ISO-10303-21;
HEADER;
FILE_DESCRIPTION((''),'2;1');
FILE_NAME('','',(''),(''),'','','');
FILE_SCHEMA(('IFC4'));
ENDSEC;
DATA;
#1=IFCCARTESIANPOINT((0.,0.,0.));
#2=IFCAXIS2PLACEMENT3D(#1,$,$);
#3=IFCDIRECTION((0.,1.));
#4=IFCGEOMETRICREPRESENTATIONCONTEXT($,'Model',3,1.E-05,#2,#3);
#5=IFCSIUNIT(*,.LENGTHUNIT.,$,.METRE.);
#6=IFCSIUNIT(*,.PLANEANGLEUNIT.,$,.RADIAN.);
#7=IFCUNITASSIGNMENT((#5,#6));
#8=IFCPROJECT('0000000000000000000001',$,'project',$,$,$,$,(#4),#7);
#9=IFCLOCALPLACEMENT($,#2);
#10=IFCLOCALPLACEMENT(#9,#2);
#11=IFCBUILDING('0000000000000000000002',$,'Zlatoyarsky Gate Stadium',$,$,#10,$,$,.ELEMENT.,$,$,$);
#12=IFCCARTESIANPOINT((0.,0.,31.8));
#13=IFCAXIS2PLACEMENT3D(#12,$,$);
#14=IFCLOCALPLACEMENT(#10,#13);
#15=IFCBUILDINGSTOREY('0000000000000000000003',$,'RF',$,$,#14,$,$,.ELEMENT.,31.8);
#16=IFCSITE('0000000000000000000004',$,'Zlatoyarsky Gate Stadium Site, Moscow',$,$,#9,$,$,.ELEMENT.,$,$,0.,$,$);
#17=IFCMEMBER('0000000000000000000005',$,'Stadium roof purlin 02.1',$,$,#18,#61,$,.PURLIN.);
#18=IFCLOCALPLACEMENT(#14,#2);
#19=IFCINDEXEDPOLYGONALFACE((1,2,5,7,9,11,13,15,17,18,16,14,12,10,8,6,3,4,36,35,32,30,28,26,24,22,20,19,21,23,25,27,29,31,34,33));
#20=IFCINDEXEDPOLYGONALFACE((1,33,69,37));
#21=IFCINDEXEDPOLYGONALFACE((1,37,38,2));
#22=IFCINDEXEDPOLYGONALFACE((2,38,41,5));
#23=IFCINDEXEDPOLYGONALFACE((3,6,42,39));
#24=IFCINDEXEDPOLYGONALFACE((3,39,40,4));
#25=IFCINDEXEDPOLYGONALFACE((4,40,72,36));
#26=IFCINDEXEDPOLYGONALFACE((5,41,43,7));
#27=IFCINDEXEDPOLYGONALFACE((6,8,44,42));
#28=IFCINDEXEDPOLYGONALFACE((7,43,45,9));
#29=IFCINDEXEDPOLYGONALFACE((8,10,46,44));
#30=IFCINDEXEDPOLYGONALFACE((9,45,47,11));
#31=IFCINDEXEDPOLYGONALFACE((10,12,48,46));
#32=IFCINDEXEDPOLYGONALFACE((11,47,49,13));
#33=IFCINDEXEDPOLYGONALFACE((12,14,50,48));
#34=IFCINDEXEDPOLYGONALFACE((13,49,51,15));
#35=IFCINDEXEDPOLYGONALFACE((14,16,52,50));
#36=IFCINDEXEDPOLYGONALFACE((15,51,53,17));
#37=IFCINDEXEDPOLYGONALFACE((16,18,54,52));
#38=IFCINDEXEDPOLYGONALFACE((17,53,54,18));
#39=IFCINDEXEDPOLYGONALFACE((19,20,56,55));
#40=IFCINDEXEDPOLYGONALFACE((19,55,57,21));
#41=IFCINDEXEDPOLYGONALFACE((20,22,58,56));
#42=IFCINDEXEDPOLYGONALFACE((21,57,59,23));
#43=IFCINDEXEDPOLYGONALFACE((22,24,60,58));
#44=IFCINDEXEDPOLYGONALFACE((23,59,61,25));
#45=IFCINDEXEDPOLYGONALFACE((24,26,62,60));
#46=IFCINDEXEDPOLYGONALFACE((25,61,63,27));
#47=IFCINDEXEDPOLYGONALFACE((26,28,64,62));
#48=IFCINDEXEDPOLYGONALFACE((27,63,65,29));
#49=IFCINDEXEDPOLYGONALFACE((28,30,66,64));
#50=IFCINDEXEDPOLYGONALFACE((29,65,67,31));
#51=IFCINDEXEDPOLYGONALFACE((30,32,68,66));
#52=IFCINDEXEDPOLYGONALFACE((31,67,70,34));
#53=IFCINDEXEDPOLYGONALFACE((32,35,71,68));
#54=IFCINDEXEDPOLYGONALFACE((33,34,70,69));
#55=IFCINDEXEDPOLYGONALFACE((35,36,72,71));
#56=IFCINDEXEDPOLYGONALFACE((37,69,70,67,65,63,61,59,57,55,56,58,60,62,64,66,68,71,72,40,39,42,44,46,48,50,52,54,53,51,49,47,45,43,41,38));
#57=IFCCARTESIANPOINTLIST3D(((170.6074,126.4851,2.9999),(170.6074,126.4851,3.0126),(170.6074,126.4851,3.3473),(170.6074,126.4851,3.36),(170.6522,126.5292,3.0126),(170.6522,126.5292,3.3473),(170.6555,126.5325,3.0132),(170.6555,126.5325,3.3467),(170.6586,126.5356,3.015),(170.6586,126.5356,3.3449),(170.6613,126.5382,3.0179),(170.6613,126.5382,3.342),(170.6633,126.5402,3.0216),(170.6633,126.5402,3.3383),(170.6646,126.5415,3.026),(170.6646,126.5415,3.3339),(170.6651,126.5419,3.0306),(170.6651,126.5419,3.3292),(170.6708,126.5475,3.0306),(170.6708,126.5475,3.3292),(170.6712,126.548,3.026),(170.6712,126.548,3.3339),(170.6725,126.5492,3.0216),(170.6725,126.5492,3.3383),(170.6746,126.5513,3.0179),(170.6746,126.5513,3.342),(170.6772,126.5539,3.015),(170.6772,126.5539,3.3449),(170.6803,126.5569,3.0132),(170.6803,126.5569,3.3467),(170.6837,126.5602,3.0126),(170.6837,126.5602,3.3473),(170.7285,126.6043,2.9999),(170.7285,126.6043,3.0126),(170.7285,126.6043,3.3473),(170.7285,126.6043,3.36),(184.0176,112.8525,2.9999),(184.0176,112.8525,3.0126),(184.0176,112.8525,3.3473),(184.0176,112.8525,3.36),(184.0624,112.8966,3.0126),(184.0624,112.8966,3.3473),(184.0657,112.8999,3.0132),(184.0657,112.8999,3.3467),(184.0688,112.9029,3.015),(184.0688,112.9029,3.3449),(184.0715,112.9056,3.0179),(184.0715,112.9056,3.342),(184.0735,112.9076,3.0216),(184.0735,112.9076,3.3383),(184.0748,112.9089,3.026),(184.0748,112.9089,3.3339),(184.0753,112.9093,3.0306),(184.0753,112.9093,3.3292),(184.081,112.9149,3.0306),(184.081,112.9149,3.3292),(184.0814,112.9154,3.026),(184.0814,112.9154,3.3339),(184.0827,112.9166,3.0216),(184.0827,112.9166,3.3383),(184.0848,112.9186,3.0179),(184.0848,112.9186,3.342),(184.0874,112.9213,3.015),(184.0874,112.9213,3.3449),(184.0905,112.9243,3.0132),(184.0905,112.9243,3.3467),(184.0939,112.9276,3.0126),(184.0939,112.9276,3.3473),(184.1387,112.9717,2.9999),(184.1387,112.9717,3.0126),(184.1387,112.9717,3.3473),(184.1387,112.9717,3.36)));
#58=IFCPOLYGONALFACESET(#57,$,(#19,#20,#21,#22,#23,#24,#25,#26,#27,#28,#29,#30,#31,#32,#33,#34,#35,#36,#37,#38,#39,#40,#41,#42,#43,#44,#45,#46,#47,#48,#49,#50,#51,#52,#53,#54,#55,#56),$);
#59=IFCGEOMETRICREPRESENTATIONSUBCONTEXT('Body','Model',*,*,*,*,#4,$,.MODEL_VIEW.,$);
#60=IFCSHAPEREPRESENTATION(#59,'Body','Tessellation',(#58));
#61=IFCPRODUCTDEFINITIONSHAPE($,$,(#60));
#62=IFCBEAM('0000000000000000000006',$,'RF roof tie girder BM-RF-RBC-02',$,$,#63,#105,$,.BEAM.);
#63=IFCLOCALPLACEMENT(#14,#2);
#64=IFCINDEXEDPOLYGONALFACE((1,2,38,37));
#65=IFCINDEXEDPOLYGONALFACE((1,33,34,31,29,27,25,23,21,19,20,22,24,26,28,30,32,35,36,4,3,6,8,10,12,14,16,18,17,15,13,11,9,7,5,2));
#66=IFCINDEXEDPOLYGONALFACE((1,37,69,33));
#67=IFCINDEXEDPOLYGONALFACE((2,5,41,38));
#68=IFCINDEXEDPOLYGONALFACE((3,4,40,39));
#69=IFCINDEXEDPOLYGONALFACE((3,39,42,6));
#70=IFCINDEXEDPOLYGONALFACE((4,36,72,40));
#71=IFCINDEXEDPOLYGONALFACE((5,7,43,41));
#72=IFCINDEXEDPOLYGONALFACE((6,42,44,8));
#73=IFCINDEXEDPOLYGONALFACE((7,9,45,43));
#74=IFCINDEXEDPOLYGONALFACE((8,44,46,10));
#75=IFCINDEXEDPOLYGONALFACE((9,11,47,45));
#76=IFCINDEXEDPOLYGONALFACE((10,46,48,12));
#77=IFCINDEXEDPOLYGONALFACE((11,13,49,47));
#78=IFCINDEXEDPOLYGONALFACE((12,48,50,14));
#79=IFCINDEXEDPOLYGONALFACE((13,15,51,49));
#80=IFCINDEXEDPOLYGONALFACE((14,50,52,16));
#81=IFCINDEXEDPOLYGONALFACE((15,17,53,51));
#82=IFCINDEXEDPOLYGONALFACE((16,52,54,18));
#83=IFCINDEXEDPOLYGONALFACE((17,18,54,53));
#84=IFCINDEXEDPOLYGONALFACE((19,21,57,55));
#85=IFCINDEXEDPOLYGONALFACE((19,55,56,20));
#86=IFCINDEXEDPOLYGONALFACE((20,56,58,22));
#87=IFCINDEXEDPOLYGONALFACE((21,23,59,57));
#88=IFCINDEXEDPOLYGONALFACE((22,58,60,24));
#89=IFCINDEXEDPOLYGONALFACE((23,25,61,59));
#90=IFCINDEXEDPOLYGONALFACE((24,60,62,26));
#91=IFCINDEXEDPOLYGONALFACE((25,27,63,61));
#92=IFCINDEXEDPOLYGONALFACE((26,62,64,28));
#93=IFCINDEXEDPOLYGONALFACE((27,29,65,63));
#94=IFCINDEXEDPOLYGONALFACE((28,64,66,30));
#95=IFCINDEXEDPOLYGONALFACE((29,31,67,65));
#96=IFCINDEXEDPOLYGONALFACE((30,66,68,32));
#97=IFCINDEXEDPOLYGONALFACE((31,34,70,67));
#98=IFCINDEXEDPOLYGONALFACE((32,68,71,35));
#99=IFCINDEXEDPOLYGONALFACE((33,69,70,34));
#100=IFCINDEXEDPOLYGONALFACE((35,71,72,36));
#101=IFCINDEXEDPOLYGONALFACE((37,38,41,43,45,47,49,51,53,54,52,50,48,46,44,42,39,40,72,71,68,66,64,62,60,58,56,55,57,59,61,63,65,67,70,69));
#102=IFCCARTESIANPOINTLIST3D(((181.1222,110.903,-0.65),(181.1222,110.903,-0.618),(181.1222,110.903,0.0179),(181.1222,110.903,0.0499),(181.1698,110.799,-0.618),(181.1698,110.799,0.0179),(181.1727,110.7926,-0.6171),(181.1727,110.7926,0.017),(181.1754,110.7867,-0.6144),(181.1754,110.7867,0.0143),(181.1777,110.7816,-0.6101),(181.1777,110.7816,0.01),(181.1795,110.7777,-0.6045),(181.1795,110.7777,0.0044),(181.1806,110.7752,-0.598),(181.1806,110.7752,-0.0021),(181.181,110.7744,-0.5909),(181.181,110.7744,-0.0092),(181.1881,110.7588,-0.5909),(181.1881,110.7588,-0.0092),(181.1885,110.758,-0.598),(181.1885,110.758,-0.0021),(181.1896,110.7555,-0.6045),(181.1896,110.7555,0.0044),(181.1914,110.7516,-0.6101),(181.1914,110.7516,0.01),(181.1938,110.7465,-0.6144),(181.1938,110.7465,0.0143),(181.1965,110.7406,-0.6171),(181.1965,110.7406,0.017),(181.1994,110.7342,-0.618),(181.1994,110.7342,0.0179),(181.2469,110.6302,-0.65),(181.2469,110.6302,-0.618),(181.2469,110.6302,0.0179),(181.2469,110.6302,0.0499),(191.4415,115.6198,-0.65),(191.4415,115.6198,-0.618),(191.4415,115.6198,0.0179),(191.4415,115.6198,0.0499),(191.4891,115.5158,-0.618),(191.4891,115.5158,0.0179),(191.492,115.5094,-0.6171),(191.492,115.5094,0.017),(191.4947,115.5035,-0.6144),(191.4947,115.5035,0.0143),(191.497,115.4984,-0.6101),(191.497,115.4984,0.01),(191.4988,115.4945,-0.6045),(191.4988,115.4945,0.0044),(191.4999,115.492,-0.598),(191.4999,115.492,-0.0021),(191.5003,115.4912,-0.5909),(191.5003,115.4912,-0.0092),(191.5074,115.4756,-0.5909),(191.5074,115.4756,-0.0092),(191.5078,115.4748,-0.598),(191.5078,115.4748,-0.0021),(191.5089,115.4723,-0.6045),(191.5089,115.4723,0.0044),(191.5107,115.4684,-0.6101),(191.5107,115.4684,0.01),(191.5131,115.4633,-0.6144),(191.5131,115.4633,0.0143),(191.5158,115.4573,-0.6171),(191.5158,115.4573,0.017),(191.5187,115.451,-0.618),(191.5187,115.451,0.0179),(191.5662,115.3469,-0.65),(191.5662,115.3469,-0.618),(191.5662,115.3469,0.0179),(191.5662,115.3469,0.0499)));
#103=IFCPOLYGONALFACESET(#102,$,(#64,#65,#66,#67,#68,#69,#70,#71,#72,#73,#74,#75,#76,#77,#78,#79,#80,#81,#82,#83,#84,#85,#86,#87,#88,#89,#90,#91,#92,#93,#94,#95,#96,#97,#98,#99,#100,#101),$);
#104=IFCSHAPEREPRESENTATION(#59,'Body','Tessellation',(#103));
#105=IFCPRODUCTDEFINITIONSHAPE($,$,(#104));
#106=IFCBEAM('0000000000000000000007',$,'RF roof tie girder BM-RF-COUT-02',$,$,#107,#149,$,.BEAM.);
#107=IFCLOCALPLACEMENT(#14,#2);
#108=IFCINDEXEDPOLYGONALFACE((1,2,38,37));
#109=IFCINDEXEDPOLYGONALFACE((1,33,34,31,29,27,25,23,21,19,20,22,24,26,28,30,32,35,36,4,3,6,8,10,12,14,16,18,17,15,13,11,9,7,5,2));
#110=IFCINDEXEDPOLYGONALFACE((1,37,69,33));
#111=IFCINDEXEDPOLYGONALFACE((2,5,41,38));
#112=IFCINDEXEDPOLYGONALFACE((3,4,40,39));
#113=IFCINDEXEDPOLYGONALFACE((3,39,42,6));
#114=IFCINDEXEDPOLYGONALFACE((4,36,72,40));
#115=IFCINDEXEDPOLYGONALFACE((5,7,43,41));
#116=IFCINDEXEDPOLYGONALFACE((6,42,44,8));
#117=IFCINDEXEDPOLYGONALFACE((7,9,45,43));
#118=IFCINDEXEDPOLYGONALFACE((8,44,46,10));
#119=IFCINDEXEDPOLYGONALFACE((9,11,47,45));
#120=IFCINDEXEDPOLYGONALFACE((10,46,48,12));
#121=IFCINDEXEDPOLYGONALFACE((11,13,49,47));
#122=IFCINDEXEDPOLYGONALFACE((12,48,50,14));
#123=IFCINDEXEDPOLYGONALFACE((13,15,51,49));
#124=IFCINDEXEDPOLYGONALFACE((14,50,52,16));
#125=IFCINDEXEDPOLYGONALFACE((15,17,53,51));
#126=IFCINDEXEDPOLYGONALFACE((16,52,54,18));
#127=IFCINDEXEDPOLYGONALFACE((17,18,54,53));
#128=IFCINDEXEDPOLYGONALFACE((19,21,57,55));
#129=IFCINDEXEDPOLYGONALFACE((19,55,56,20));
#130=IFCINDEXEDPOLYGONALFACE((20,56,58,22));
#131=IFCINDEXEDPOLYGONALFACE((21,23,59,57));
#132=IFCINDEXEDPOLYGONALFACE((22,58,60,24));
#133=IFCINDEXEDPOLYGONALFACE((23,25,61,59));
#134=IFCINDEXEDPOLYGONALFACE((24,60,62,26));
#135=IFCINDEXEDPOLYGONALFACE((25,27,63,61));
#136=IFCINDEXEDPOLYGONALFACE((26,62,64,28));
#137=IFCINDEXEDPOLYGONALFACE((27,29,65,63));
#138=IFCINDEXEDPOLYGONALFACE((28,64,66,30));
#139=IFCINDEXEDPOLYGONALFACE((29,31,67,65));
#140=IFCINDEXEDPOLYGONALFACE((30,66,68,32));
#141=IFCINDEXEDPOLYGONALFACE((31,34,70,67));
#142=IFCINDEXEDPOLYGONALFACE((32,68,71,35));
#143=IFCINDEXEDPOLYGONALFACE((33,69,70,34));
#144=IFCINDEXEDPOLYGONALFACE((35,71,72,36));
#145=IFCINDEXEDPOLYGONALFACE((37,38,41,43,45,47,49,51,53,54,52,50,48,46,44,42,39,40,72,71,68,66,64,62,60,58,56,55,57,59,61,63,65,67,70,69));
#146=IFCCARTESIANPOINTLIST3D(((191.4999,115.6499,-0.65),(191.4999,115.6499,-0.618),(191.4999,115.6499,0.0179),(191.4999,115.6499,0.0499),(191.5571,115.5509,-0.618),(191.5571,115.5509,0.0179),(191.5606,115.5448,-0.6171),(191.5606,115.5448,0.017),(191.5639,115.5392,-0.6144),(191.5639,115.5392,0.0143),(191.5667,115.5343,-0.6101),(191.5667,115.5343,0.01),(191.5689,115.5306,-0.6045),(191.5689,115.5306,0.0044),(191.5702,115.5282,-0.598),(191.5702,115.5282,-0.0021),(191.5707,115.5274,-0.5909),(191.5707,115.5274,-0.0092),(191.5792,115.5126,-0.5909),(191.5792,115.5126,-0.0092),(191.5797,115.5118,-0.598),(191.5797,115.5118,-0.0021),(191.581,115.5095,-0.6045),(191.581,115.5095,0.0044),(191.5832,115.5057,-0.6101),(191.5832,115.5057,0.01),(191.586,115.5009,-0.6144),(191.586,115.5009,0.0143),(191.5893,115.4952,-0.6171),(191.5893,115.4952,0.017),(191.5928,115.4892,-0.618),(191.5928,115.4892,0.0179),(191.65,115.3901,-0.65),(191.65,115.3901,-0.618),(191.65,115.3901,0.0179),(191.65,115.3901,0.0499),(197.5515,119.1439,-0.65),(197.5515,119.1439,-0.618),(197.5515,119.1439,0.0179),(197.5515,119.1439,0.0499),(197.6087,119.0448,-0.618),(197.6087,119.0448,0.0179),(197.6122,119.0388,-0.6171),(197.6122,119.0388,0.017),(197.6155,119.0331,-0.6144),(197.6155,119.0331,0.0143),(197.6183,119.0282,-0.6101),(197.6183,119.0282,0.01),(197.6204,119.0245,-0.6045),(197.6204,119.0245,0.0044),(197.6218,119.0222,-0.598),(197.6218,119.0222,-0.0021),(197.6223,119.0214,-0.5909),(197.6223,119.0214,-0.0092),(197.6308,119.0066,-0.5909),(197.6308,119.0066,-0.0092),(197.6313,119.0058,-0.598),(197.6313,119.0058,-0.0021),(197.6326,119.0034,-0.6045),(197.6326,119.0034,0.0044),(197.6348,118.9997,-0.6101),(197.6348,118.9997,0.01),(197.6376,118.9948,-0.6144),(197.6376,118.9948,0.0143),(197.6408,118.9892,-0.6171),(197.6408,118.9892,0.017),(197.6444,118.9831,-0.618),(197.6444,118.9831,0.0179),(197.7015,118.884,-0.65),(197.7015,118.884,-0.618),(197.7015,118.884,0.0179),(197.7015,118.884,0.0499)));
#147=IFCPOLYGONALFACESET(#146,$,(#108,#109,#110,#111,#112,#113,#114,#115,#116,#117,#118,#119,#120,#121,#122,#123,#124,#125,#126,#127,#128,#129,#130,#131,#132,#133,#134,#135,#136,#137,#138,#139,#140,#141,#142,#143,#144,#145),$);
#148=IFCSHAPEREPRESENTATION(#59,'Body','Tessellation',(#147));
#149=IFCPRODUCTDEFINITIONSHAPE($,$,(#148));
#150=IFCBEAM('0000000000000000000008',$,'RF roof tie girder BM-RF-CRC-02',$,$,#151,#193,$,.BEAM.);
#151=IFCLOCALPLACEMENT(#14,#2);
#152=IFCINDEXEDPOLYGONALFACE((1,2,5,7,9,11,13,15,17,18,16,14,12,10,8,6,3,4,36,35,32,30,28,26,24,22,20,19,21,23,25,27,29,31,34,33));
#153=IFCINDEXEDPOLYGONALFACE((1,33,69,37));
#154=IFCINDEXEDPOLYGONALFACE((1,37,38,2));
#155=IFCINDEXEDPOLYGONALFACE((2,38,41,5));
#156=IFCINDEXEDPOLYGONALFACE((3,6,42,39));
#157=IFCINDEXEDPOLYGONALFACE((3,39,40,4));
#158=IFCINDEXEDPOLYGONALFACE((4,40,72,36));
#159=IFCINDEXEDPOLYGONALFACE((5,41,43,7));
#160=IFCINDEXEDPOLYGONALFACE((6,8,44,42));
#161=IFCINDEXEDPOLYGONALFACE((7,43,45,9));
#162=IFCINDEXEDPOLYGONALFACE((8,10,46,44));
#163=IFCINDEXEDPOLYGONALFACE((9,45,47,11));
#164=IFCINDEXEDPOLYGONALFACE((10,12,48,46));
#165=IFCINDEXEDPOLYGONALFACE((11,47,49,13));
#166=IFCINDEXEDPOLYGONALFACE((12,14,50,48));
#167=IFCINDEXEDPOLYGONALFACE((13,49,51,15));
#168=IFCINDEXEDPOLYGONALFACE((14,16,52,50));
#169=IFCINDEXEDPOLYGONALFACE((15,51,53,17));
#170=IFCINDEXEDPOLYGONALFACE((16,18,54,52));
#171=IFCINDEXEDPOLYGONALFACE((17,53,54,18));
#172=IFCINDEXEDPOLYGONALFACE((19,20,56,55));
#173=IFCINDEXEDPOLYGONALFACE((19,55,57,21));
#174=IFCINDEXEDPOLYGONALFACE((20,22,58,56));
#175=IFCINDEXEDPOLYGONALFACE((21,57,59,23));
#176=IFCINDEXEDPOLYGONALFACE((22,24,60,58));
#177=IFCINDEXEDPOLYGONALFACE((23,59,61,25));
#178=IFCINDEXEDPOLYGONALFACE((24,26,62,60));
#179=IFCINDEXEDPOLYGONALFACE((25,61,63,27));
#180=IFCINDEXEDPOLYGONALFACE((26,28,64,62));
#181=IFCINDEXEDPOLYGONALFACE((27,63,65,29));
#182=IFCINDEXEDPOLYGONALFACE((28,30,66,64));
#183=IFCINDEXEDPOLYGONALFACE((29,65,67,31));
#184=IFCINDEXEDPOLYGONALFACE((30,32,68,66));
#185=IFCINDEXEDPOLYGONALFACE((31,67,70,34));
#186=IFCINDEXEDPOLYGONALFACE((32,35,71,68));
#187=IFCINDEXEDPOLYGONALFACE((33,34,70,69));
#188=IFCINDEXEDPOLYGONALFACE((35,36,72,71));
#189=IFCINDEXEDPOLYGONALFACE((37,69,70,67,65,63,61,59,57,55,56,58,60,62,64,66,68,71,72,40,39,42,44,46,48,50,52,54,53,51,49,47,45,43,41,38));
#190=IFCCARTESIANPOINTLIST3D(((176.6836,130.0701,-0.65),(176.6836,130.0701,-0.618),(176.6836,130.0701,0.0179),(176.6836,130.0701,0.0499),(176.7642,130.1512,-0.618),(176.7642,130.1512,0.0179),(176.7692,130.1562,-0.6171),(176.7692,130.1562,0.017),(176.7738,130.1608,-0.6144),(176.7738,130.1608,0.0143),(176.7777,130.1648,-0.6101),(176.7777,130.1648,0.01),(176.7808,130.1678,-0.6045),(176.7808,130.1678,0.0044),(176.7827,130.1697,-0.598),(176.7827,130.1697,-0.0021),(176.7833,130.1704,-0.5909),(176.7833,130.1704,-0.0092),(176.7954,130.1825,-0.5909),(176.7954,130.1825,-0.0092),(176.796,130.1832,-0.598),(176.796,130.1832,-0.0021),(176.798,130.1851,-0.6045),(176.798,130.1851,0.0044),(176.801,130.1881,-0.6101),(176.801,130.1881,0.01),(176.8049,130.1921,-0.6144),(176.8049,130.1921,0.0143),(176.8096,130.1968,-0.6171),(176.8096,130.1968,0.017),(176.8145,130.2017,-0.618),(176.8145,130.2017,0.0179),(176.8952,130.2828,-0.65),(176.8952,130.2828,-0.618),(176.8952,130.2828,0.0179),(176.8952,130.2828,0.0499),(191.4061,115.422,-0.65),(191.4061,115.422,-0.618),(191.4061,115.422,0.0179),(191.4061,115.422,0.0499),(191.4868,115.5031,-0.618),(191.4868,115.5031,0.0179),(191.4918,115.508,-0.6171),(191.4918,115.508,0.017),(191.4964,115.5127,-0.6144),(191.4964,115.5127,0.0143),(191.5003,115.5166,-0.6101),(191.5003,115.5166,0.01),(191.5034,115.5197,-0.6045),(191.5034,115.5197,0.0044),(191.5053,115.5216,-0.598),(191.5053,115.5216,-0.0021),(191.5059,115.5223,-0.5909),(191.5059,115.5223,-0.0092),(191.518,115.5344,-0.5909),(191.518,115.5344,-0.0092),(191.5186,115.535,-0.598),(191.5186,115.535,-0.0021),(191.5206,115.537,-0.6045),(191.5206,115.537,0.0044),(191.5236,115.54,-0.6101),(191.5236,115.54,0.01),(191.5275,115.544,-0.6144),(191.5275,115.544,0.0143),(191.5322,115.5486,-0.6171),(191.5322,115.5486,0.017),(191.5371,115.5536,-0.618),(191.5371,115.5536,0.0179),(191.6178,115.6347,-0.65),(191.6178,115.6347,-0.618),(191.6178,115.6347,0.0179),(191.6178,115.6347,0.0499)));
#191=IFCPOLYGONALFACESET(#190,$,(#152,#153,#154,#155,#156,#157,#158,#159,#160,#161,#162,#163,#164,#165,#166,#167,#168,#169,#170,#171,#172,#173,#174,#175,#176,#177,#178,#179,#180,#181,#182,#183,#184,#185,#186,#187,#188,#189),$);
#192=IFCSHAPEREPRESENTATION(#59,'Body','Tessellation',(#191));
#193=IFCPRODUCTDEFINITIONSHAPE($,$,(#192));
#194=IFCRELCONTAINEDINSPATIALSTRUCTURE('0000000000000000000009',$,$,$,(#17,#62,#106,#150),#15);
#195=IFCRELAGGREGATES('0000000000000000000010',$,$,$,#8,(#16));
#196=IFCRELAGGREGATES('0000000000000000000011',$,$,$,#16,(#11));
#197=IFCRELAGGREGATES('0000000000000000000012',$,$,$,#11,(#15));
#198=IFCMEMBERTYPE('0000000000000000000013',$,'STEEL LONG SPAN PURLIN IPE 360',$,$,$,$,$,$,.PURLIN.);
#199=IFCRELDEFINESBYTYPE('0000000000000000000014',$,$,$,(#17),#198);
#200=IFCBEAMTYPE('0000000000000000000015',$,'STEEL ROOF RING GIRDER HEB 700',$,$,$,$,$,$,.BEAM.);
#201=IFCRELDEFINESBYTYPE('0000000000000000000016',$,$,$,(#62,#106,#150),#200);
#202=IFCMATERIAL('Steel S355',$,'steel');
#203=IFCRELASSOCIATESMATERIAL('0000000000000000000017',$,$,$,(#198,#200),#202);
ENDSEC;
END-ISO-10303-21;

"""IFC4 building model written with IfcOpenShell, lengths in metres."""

from ifc_helpers import new_model, si_unit, direction, frame, origin, origin_2d, place, context, subcontext, project, spatial, i_section, extrude, material, material_profile, profile_set, type_object, element, save


model = new_model("IFC4")

# Units and contexts
model_context = context("Model", 3, precision=1e-05, world=origin(), true_north=direction((0.0, 1.0)))
body_context = subcontext(model_context, "Body", "Model", "MODEL_VIEW")
ifc_project = project(units=[si_unit("LENGTHUNIT", "METRE"), si_unit("PLANEANGLEUNIT", "RADIAN")], contexts=[model_context])

# Site, building, storey
site_placement = place(None, origin())
site = spatial("IfcSite", under=ifc_project, at=site_placement, Name="Zlatoyarsky Gate Stadium Site, Moscow", CompositionType="ELEMENT", RefElevation=0.0)
building_placement = place(site_placement, origin())
building = spatial("IfcBuilding", under=site, at=building_placement, Name="Zlatoyarsky Gate Stadium", CompositionType="ELEMENT")
storey_placement = place(building_placement, frame((0.0, 0.0, 31.8)))
storey = spatial("IfcBuildingStorey", under=building, at=storey_placement, Name="RF", CompositionType="ELEMENT", Elevation=31.8)

# Member
ifc_material_1 = material(Name="Steel S355", Category="steel")
ifc_material_profile_1 = material_profile(ifc_material_1, i_section(OverallWidth=0.1699, OverallDepth=0.3601, WebThickness=0.0081, FlangeThickness=0.0127, FilletRadius=0.0181, at=origin_2d()), Name="IPE 360")
ifc_profile_set_1 = profile_set([ifc_material_profile_1], Name="Steel S355")
member_type_1 = type_object("IfcMemberType", Name="STEEL LONG SPAN PURLIN IPE 360", PredefinedType="PURLIN", material=ifc_profile_set_1)
member_1_placement = place(storey_placement, frame((184.0781, 112.9121, 3.1799), z_axis=(-0.701267, 0.712898, 0.0), x_axis=(-0.712898, -0.701267, 0.0)))
element("IfcMember", 1, at=member_1_placement, inside=storey, type_object=member_type_1, Name="Stadium roof purlin 02.1", PredefinedType="PURLIN", context=body_context, shape_type="SweptSolid", body=[
    extrude(i_section(OverallWidth=0.1699, OverallDepth=0.3601, WebThickness=0.0081, FlangeThickness=0.0127, FilletRadius=0.0181, at=origin_2d()), origin(), (0.0, 0.0, 1.0), 19.1228),
])

# Beams
ifc_material_profile_2 = material_profile(ifc_material_1, i_section(OverallWidth=0.3, OverallDepth=0.7, WebThickness=0.0171, FlangeThickness=0.032, FilletRadius=0.0271, at=origin_2d()), Name="HEB 700")
ifc_profile_set_2 = profile_set([ifc_material_profile_2], Name="Steel S355")
beam_type = type_object("IfcBeamType", Name="STEEL ROOF RING GIRDER HEB 700", PredefinedType="BEAM", material=ifc_profile_set_2)
beam_1_placement = place(storey_placement, frame((181.1846, 110.7666, -0.3), z_axis=(0.909495, 0.415715, 0.0), x_axis=(-0.415715, 0.909495, 0.0)))
element("IfcBeam", 2, at=beam_1_placement, inside=storey, type_object=beam_type, Name="RF roof tie girder BM-RF-RBC-02", PredefinedType="BEAM", context=body_context, shape_type="SweptSolid", body=[
    extrude(i_section(OverallWidth=0.3, OverallDepth=0.7, WebThickness=0.0171, FlangeThickness=0.032, FilletRadius=0.0271, at=origin_2d()), origin(), (0.0, 0.0, 1.0), 11.3462),
])
beam_2_placement = place(storey_placement, frame((191.575, 115.52, -0.3), z_axis=(0.866022, 0.500006, 0.0), x_axis=(-0.500006, 0.866022, 0.0)))
element("IfcBeam", 3, at=beam_2_placement, inside=storey, type_object=beam_type, Name="RF roof tie girder BM-RF-COUT-02", PredefinedType="BEAM", context=body_context, shape_type="SweptSolid", body=[
    extrude(i_section(OverallWidth=0.3, OverallDepth=0.7, WebThickness=0.0171, FlangeThickness=0.032, FilletRadius=0.0271, at=origin_2d()), origin(), (0.0, 0.0, 1.0), 6.9878),
])
beam_3_placement = place(storey_placement, frame((191.512, 115.5283, -0.3), z_axis=(-0.708897, 0.705312, 0.0), x_axis=(-0.705312, -0.708897, 0.0)))
element("IfcBeam", 4, at=beam_3_placement, inside=storey, type_object=beam_type, Name="RF roof tie girder BM-RF-CRC-02", PredefinedType="BEAM", context=body_context, shape_type="SweptSolid", body=[
    extrude(i_section(OverallWidth=0.3, OverallDepth=0.7, WebThickness=0.0171, FlangeThickness=0.032, FilletRadius=0.0271, at=origin_2d()), origin(), (0.0, 0.0, 1.0), 20.7683),
])

save(model, "model.ifc")
